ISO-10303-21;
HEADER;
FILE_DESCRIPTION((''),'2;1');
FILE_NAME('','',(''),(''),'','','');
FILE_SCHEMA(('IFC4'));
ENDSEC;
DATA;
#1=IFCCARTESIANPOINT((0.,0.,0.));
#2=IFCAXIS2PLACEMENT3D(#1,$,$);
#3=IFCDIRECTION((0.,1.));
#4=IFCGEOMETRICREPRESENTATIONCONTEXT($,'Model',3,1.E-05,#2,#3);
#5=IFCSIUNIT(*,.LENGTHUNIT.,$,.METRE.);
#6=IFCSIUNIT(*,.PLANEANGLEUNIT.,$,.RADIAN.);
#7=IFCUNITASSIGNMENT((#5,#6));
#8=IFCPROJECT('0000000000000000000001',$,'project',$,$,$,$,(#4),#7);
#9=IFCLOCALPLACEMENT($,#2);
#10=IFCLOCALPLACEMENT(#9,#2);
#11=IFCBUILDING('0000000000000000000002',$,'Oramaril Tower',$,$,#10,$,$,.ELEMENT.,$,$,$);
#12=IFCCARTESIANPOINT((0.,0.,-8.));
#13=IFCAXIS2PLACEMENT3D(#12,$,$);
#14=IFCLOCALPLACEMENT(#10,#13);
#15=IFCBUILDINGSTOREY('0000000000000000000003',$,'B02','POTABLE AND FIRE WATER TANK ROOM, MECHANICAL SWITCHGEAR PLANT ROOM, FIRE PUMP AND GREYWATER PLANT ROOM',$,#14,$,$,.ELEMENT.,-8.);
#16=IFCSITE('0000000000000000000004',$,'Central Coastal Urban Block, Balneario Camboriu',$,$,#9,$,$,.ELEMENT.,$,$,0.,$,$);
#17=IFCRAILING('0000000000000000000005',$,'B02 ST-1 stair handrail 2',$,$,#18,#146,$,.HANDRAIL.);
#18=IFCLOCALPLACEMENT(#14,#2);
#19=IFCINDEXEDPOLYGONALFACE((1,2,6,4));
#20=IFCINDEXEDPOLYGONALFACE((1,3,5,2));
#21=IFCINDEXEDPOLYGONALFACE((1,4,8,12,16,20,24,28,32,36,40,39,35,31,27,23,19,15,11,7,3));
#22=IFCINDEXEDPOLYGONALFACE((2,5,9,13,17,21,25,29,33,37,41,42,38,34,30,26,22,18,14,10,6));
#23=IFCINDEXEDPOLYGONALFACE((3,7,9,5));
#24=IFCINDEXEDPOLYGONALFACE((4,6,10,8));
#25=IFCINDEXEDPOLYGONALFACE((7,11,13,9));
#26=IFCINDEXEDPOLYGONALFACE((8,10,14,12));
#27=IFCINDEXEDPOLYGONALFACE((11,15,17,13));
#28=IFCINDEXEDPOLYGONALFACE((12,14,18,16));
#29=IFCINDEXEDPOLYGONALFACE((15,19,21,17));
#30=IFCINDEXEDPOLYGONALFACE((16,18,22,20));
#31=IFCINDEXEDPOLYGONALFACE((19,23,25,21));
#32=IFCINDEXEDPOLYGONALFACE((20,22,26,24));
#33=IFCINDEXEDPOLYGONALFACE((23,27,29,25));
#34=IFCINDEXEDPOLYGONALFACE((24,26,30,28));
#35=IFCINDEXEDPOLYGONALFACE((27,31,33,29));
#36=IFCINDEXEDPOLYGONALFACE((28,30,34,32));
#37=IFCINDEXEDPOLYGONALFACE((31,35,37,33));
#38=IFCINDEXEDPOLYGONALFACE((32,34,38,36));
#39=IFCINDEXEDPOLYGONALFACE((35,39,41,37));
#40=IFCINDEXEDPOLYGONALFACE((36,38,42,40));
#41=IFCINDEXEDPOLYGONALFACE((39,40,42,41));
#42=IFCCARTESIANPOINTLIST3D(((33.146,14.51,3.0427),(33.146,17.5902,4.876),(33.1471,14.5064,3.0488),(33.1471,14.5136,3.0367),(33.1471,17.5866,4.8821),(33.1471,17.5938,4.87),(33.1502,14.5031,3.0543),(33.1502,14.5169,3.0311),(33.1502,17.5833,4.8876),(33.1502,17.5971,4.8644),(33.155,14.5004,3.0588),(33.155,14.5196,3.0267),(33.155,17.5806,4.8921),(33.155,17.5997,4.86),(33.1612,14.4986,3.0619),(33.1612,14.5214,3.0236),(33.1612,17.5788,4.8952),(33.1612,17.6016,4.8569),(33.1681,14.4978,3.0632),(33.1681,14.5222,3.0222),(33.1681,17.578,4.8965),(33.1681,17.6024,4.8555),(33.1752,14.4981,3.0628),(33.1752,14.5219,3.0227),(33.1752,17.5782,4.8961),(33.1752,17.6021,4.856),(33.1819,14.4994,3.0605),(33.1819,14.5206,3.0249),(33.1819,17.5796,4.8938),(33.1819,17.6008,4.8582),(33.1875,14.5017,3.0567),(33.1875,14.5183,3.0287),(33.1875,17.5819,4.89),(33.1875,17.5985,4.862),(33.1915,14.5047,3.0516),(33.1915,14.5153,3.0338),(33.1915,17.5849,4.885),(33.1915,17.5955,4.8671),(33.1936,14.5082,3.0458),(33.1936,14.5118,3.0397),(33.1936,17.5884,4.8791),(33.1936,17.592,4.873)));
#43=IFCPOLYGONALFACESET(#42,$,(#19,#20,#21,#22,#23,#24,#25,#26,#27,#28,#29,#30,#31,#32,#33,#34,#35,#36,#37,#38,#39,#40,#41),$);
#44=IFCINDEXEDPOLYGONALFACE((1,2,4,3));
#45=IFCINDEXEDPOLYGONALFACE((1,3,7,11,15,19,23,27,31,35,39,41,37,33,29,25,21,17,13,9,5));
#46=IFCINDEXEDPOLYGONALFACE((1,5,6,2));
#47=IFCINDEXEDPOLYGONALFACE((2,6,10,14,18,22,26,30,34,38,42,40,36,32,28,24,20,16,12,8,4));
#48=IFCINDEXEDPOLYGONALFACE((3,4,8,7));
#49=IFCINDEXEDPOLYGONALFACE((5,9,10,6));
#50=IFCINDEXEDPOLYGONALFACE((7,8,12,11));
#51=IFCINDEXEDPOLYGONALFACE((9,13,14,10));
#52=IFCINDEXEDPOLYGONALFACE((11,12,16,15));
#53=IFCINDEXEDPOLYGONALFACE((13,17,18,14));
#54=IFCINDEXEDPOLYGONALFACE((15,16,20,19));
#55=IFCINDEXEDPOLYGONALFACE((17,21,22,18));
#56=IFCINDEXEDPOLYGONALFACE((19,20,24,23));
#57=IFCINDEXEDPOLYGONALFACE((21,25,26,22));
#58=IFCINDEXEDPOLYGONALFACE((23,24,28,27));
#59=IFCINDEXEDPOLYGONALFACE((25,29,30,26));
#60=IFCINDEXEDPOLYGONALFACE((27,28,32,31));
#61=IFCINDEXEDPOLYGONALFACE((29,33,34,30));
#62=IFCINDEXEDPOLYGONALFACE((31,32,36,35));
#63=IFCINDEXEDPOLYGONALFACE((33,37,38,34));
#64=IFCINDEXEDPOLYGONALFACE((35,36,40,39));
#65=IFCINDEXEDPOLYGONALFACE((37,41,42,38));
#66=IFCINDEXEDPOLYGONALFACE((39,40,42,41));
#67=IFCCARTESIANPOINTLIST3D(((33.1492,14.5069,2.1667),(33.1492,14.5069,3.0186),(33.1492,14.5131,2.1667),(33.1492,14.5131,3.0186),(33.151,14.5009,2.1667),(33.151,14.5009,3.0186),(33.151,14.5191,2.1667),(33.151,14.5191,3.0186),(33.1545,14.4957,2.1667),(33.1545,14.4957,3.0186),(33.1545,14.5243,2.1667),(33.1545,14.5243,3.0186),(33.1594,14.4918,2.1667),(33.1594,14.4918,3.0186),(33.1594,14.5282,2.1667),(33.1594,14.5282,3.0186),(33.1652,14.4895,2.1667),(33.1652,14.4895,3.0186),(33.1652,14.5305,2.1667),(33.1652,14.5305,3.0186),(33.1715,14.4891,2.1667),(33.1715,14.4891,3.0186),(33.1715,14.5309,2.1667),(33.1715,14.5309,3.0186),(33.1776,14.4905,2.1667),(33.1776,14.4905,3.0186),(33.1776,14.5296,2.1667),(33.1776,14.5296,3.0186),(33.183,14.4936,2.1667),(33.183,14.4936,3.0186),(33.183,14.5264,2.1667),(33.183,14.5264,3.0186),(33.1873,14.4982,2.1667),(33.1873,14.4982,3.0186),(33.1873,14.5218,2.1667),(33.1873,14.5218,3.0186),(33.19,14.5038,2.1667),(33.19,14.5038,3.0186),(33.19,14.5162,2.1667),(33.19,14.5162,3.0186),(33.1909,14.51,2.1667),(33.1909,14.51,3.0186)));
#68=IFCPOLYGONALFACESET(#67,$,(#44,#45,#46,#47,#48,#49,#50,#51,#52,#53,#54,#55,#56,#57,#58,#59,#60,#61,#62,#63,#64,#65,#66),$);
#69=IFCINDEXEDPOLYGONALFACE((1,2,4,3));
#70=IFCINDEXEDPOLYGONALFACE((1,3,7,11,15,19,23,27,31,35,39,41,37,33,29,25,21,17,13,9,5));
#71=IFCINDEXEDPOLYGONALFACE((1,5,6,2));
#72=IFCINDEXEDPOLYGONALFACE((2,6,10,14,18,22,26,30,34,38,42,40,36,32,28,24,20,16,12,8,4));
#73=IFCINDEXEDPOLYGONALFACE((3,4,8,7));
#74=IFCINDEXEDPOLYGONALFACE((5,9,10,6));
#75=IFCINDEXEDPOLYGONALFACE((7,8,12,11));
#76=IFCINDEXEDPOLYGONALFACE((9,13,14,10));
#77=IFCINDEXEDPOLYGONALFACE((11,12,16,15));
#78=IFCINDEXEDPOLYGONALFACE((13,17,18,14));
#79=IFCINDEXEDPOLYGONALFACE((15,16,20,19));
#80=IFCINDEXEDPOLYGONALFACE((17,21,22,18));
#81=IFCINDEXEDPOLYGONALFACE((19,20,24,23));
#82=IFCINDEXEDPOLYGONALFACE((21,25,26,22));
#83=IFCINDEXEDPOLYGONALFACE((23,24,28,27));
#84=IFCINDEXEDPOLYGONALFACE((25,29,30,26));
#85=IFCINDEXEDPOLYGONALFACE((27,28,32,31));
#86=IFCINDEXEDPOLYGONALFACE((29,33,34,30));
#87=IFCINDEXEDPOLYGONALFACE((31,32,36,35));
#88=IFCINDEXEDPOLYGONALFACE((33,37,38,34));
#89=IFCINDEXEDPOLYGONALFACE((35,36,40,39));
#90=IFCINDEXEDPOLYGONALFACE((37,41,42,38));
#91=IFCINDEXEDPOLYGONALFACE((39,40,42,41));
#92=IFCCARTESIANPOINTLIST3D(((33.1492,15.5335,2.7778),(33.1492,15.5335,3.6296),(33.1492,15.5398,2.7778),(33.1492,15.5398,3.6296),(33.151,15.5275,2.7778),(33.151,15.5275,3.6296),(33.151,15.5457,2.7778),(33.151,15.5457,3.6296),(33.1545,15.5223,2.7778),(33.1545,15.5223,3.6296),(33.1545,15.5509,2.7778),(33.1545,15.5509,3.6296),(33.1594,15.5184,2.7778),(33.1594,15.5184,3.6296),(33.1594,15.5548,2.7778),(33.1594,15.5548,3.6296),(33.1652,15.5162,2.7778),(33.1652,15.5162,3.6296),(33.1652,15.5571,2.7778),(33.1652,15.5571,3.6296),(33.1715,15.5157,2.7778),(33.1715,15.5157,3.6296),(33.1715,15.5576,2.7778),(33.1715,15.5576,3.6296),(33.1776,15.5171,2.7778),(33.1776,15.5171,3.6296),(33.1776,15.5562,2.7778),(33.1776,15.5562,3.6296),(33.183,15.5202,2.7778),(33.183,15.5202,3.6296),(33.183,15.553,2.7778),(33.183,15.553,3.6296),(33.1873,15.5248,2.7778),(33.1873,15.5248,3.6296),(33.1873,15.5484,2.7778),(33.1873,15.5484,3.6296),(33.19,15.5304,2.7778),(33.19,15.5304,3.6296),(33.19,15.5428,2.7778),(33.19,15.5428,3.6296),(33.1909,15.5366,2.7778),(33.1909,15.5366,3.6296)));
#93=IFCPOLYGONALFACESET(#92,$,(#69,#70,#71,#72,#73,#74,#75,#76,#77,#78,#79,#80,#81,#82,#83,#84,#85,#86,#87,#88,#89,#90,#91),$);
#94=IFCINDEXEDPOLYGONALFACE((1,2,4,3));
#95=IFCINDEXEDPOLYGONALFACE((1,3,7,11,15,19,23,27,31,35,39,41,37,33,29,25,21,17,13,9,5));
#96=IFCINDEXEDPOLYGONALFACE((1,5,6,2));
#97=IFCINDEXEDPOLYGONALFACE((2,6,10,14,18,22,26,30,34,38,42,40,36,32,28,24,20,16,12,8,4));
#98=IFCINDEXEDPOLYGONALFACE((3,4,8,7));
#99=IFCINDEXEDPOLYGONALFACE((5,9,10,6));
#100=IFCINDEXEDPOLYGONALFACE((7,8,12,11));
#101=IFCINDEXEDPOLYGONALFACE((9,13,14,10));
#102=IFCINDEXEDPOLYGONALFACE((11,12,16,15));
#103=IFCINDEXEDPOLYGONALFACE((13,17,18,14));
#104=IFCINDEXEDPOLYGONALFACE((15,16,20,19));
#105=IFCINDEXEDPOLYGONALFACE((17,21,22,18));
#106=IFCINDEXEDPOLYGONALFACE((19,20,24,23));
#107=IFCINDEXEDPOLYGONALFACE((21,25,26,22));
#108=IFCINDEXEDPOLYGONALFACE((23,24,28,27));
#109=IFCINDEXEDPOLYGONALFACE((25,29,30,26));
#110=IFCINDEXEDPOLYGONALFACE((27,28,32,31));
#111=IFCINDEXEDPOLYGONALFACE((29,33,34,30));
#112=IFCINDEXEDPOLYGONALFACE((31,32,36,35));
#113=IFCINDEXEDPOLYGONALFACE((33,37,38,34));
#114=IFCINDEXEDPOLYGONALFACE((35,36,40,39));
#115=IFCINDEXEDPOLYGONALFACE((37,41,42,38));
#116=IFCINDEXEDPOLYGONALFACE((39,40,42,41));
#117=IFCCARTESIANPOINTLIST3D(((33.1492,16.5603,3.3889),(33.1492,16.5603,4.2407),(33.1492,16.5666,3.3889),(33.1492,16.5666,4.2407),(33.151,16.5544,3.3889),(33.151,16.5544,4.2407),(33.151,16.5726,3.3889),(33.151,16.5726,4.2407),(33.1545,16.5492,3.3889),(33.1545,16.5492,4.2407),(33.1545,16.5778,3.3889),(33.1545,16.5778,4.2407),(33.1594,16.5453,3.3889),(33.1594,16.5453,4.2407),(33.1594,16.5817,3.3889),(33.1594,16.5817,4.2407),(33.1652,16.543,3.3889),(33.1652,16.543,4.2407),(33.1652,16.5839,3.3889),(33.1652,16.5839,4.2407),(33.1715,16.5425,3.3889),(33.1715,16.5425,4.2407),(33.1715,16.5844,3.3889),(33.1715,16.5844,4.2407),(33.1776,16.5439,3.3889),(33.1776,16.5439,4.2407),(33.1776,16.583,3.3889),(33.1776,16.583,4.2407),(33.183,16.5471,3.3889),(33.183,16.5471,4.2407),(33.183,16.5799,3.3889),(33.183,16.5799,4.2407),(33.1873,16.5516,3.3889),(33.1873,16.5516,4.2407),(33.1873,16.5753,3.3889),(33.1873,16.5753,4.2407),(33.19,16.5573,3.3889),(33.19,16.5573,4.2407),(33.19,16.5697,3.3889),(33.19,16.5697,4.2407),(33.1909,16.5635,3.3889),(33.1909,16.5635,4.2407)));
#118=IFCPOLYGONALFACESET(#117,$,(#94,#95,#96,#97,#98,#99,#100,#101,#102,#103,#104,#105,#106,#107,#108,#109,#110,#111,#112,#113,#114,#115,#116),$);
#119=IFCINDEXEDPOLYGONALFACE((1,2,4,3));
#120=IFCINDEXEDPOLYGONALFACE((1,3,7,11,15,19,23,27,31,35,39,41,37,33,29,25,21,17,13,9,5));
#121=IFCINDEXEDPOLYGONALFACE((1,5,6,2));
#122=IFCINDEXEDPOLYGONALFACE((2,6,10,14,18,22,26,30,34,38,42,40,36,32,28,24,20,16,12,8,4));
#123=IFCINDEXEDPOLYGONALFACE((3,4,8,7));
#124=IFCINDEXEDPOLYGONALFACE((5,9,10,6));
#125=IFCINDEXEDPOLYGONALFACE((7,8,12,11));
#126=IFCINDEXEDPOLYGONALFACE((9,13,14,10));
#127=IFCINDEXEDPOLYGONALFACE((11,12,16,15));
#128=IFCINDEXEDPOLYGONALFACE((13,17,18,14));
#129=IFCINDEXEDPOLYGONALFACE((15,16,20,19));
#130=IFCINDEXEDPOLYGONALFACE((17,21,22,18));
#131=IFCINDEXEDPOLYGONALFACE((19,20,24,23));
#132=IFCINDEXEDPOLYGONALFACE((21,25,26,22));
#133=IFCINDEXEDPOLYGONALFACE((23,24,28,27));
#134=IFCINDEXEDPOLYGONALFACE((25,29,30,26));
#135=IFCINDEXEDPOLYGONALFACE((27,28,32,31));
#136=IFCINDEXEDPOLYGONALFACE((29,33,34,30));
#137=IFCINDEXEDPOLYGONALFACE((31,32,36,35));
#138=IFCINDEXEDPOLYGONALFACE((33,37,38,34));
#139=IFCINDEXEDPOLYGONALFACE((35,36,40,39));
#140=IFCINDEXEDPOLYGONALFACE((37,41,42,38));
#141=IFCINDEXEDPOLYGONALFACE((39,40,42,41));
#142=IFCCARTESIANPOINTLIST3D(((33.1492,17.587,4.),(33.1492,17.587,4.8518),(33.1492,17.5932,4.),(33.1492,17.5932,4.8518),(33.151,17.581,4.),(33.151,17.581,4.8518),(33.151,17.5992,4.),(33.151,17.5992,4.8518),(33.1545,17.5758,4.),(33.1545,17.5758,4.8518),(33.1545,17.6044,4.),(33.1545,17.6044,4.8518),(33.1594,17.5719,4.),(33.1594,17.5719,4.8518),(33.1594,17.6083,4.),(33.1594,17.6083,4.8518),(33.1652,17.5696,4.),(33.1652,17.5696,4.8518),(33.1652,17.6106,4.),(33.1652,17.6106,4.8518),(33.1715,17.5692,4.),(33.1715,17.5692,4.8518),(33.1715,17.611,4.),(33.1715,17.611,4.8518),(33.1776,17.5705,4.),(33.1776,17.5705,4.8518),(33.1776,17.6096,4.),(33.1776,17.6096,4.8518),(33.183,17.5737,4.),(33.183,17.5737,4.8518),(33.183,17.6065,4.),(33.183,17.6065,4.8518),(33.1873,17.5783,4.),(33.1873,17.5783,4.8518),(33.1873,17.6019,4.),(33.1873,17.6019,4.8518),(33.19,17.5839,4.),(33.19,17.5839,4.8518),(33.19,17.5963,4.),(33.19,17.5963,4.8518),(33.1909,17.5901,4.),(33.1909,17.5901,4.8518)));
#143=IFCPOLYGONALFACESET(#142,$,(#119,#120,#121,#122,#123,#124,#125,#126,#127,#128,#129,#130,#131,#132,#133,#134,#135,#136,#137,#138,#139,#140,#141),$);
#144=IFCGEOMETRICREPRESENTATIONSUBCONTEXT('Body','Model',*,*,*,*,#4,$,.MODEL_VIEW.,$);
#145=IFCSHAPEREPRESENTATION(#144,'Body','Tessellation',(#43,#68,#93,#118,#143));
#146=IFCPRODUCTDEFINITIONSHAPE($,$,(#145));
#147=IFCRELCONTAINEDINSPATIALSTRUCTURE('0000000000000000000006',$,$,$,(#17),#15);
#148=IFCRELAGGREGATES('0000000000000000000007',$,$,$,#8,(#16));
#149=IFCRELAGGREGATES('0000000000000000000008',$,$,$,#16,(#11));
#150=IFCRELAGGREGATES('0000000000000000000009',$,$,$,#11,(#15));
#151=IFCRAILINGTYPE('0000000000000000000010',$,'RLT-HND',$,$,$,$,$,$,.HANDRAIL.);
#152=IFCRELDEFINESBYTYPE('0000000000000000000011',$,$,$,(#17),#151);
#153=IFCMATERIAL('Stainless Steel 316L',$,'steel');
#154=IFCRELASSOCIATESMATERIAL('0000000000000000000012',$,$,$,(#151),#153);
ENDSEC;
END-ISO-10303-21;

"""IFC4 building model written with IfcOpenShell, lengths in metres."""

from ifc_helpers import new_model, si_unit, direction, frame, origin, origin_2d, place, context, subcontext, project, spatial, circle, extrude, material, type_object, element, save


model = new_model("IFC4")

# Units and contexts
model_context = context("Model", 3, precision=1e-05, world=origin(), true_north=direction((0.0, 1.0)))
body_context = subcontext(model_context, "Body", "Model", "MODEL_VIEW")
ifc_project = project(units=[si_unit("LENGTHUNIT", "METRE"), si_unit("PLANEANGLEUNIT", "RADIAN")], contexts=[model_context])

# Site, building, storey
site_placement = place(None, origin())
site = spatial("IfcSite", under=ifc_project, at=site_placement, Name="Central Coastal Urban Block, Balneario Camboriu", CompositionType="ELEMENT", RefElevation=0.0)
building_placement = place(site_placement, origin())
building = spatial("IfcBuilding", under=site, at=building_placement, Name="Oramaril Tower", CompositionType="ELEMENT")
storey_placement = place(building_placement, frame((0.0, 0.0, -8.0)))
storey = spatial("IfcBuildingStorey", under=building, at=storey_placement, Name="B02", Description="POTABLE AND FIRE WATER TANK ROOM, MECHANICAL SWITCHGEAR PLANT ROOM, FIRE PUMP AND GREYWATER PLANT ROOM", CompositionType="ELEMENT", Elevation=-8.0)

# Railing
ifc_material_1 = material(Name="Stainless Steel 316L", Category="steel")
railing_type_1 = type_object("IfcRailingType", Name="RLT-HND", PredefinedType="HANDRAIL", material=ifc_material_1)
railing_1_placement = place(storey_placement, frame((33.1699, 14.51, 2.1667)))
element("IfcRailing", 1, at=railing_1_placement, inside=storey, type_object=railing_type_1, Name="B02 ST-1 stair handrail 2", PredefinedType="HANDRAIL", context=body_context, shape_type="SweptSolid", body=[
    extrude(circle(Radius=0.0239, at=origin_2d()), frame((0.0, 0.0, 0.876), z_axis=(0.0, 0.859309, 0.511458), x_axis=(-1.0, 0.0, 0.0)), (0.0, 0.0, 1.0), 3.5845),
    extrude(circle(Radius=0.021, at=origin_2d()), origin(), (0.0, 0.0, 1.0), 0.8518),
    extrude(circle(Radius=0.021, at=origin_2d()), frame((0.0, 1.0266, 0.6111)), (0.0, 0.0, 1.0), 0.8518),
    extrude(circle(Radius=0.021, at=origin_2d()), frame((0.0, 2.0535, 1.2222)), (0.0, 0.0, 1.0), 0.8518),
    extrude(circle(Radius=0.021, at=origin_2d()), frame((0.0, 3.0801, 1.8333)), (0.0, 0.0, 1.0), 0.8518),
])

save(model, "model.ifc")
